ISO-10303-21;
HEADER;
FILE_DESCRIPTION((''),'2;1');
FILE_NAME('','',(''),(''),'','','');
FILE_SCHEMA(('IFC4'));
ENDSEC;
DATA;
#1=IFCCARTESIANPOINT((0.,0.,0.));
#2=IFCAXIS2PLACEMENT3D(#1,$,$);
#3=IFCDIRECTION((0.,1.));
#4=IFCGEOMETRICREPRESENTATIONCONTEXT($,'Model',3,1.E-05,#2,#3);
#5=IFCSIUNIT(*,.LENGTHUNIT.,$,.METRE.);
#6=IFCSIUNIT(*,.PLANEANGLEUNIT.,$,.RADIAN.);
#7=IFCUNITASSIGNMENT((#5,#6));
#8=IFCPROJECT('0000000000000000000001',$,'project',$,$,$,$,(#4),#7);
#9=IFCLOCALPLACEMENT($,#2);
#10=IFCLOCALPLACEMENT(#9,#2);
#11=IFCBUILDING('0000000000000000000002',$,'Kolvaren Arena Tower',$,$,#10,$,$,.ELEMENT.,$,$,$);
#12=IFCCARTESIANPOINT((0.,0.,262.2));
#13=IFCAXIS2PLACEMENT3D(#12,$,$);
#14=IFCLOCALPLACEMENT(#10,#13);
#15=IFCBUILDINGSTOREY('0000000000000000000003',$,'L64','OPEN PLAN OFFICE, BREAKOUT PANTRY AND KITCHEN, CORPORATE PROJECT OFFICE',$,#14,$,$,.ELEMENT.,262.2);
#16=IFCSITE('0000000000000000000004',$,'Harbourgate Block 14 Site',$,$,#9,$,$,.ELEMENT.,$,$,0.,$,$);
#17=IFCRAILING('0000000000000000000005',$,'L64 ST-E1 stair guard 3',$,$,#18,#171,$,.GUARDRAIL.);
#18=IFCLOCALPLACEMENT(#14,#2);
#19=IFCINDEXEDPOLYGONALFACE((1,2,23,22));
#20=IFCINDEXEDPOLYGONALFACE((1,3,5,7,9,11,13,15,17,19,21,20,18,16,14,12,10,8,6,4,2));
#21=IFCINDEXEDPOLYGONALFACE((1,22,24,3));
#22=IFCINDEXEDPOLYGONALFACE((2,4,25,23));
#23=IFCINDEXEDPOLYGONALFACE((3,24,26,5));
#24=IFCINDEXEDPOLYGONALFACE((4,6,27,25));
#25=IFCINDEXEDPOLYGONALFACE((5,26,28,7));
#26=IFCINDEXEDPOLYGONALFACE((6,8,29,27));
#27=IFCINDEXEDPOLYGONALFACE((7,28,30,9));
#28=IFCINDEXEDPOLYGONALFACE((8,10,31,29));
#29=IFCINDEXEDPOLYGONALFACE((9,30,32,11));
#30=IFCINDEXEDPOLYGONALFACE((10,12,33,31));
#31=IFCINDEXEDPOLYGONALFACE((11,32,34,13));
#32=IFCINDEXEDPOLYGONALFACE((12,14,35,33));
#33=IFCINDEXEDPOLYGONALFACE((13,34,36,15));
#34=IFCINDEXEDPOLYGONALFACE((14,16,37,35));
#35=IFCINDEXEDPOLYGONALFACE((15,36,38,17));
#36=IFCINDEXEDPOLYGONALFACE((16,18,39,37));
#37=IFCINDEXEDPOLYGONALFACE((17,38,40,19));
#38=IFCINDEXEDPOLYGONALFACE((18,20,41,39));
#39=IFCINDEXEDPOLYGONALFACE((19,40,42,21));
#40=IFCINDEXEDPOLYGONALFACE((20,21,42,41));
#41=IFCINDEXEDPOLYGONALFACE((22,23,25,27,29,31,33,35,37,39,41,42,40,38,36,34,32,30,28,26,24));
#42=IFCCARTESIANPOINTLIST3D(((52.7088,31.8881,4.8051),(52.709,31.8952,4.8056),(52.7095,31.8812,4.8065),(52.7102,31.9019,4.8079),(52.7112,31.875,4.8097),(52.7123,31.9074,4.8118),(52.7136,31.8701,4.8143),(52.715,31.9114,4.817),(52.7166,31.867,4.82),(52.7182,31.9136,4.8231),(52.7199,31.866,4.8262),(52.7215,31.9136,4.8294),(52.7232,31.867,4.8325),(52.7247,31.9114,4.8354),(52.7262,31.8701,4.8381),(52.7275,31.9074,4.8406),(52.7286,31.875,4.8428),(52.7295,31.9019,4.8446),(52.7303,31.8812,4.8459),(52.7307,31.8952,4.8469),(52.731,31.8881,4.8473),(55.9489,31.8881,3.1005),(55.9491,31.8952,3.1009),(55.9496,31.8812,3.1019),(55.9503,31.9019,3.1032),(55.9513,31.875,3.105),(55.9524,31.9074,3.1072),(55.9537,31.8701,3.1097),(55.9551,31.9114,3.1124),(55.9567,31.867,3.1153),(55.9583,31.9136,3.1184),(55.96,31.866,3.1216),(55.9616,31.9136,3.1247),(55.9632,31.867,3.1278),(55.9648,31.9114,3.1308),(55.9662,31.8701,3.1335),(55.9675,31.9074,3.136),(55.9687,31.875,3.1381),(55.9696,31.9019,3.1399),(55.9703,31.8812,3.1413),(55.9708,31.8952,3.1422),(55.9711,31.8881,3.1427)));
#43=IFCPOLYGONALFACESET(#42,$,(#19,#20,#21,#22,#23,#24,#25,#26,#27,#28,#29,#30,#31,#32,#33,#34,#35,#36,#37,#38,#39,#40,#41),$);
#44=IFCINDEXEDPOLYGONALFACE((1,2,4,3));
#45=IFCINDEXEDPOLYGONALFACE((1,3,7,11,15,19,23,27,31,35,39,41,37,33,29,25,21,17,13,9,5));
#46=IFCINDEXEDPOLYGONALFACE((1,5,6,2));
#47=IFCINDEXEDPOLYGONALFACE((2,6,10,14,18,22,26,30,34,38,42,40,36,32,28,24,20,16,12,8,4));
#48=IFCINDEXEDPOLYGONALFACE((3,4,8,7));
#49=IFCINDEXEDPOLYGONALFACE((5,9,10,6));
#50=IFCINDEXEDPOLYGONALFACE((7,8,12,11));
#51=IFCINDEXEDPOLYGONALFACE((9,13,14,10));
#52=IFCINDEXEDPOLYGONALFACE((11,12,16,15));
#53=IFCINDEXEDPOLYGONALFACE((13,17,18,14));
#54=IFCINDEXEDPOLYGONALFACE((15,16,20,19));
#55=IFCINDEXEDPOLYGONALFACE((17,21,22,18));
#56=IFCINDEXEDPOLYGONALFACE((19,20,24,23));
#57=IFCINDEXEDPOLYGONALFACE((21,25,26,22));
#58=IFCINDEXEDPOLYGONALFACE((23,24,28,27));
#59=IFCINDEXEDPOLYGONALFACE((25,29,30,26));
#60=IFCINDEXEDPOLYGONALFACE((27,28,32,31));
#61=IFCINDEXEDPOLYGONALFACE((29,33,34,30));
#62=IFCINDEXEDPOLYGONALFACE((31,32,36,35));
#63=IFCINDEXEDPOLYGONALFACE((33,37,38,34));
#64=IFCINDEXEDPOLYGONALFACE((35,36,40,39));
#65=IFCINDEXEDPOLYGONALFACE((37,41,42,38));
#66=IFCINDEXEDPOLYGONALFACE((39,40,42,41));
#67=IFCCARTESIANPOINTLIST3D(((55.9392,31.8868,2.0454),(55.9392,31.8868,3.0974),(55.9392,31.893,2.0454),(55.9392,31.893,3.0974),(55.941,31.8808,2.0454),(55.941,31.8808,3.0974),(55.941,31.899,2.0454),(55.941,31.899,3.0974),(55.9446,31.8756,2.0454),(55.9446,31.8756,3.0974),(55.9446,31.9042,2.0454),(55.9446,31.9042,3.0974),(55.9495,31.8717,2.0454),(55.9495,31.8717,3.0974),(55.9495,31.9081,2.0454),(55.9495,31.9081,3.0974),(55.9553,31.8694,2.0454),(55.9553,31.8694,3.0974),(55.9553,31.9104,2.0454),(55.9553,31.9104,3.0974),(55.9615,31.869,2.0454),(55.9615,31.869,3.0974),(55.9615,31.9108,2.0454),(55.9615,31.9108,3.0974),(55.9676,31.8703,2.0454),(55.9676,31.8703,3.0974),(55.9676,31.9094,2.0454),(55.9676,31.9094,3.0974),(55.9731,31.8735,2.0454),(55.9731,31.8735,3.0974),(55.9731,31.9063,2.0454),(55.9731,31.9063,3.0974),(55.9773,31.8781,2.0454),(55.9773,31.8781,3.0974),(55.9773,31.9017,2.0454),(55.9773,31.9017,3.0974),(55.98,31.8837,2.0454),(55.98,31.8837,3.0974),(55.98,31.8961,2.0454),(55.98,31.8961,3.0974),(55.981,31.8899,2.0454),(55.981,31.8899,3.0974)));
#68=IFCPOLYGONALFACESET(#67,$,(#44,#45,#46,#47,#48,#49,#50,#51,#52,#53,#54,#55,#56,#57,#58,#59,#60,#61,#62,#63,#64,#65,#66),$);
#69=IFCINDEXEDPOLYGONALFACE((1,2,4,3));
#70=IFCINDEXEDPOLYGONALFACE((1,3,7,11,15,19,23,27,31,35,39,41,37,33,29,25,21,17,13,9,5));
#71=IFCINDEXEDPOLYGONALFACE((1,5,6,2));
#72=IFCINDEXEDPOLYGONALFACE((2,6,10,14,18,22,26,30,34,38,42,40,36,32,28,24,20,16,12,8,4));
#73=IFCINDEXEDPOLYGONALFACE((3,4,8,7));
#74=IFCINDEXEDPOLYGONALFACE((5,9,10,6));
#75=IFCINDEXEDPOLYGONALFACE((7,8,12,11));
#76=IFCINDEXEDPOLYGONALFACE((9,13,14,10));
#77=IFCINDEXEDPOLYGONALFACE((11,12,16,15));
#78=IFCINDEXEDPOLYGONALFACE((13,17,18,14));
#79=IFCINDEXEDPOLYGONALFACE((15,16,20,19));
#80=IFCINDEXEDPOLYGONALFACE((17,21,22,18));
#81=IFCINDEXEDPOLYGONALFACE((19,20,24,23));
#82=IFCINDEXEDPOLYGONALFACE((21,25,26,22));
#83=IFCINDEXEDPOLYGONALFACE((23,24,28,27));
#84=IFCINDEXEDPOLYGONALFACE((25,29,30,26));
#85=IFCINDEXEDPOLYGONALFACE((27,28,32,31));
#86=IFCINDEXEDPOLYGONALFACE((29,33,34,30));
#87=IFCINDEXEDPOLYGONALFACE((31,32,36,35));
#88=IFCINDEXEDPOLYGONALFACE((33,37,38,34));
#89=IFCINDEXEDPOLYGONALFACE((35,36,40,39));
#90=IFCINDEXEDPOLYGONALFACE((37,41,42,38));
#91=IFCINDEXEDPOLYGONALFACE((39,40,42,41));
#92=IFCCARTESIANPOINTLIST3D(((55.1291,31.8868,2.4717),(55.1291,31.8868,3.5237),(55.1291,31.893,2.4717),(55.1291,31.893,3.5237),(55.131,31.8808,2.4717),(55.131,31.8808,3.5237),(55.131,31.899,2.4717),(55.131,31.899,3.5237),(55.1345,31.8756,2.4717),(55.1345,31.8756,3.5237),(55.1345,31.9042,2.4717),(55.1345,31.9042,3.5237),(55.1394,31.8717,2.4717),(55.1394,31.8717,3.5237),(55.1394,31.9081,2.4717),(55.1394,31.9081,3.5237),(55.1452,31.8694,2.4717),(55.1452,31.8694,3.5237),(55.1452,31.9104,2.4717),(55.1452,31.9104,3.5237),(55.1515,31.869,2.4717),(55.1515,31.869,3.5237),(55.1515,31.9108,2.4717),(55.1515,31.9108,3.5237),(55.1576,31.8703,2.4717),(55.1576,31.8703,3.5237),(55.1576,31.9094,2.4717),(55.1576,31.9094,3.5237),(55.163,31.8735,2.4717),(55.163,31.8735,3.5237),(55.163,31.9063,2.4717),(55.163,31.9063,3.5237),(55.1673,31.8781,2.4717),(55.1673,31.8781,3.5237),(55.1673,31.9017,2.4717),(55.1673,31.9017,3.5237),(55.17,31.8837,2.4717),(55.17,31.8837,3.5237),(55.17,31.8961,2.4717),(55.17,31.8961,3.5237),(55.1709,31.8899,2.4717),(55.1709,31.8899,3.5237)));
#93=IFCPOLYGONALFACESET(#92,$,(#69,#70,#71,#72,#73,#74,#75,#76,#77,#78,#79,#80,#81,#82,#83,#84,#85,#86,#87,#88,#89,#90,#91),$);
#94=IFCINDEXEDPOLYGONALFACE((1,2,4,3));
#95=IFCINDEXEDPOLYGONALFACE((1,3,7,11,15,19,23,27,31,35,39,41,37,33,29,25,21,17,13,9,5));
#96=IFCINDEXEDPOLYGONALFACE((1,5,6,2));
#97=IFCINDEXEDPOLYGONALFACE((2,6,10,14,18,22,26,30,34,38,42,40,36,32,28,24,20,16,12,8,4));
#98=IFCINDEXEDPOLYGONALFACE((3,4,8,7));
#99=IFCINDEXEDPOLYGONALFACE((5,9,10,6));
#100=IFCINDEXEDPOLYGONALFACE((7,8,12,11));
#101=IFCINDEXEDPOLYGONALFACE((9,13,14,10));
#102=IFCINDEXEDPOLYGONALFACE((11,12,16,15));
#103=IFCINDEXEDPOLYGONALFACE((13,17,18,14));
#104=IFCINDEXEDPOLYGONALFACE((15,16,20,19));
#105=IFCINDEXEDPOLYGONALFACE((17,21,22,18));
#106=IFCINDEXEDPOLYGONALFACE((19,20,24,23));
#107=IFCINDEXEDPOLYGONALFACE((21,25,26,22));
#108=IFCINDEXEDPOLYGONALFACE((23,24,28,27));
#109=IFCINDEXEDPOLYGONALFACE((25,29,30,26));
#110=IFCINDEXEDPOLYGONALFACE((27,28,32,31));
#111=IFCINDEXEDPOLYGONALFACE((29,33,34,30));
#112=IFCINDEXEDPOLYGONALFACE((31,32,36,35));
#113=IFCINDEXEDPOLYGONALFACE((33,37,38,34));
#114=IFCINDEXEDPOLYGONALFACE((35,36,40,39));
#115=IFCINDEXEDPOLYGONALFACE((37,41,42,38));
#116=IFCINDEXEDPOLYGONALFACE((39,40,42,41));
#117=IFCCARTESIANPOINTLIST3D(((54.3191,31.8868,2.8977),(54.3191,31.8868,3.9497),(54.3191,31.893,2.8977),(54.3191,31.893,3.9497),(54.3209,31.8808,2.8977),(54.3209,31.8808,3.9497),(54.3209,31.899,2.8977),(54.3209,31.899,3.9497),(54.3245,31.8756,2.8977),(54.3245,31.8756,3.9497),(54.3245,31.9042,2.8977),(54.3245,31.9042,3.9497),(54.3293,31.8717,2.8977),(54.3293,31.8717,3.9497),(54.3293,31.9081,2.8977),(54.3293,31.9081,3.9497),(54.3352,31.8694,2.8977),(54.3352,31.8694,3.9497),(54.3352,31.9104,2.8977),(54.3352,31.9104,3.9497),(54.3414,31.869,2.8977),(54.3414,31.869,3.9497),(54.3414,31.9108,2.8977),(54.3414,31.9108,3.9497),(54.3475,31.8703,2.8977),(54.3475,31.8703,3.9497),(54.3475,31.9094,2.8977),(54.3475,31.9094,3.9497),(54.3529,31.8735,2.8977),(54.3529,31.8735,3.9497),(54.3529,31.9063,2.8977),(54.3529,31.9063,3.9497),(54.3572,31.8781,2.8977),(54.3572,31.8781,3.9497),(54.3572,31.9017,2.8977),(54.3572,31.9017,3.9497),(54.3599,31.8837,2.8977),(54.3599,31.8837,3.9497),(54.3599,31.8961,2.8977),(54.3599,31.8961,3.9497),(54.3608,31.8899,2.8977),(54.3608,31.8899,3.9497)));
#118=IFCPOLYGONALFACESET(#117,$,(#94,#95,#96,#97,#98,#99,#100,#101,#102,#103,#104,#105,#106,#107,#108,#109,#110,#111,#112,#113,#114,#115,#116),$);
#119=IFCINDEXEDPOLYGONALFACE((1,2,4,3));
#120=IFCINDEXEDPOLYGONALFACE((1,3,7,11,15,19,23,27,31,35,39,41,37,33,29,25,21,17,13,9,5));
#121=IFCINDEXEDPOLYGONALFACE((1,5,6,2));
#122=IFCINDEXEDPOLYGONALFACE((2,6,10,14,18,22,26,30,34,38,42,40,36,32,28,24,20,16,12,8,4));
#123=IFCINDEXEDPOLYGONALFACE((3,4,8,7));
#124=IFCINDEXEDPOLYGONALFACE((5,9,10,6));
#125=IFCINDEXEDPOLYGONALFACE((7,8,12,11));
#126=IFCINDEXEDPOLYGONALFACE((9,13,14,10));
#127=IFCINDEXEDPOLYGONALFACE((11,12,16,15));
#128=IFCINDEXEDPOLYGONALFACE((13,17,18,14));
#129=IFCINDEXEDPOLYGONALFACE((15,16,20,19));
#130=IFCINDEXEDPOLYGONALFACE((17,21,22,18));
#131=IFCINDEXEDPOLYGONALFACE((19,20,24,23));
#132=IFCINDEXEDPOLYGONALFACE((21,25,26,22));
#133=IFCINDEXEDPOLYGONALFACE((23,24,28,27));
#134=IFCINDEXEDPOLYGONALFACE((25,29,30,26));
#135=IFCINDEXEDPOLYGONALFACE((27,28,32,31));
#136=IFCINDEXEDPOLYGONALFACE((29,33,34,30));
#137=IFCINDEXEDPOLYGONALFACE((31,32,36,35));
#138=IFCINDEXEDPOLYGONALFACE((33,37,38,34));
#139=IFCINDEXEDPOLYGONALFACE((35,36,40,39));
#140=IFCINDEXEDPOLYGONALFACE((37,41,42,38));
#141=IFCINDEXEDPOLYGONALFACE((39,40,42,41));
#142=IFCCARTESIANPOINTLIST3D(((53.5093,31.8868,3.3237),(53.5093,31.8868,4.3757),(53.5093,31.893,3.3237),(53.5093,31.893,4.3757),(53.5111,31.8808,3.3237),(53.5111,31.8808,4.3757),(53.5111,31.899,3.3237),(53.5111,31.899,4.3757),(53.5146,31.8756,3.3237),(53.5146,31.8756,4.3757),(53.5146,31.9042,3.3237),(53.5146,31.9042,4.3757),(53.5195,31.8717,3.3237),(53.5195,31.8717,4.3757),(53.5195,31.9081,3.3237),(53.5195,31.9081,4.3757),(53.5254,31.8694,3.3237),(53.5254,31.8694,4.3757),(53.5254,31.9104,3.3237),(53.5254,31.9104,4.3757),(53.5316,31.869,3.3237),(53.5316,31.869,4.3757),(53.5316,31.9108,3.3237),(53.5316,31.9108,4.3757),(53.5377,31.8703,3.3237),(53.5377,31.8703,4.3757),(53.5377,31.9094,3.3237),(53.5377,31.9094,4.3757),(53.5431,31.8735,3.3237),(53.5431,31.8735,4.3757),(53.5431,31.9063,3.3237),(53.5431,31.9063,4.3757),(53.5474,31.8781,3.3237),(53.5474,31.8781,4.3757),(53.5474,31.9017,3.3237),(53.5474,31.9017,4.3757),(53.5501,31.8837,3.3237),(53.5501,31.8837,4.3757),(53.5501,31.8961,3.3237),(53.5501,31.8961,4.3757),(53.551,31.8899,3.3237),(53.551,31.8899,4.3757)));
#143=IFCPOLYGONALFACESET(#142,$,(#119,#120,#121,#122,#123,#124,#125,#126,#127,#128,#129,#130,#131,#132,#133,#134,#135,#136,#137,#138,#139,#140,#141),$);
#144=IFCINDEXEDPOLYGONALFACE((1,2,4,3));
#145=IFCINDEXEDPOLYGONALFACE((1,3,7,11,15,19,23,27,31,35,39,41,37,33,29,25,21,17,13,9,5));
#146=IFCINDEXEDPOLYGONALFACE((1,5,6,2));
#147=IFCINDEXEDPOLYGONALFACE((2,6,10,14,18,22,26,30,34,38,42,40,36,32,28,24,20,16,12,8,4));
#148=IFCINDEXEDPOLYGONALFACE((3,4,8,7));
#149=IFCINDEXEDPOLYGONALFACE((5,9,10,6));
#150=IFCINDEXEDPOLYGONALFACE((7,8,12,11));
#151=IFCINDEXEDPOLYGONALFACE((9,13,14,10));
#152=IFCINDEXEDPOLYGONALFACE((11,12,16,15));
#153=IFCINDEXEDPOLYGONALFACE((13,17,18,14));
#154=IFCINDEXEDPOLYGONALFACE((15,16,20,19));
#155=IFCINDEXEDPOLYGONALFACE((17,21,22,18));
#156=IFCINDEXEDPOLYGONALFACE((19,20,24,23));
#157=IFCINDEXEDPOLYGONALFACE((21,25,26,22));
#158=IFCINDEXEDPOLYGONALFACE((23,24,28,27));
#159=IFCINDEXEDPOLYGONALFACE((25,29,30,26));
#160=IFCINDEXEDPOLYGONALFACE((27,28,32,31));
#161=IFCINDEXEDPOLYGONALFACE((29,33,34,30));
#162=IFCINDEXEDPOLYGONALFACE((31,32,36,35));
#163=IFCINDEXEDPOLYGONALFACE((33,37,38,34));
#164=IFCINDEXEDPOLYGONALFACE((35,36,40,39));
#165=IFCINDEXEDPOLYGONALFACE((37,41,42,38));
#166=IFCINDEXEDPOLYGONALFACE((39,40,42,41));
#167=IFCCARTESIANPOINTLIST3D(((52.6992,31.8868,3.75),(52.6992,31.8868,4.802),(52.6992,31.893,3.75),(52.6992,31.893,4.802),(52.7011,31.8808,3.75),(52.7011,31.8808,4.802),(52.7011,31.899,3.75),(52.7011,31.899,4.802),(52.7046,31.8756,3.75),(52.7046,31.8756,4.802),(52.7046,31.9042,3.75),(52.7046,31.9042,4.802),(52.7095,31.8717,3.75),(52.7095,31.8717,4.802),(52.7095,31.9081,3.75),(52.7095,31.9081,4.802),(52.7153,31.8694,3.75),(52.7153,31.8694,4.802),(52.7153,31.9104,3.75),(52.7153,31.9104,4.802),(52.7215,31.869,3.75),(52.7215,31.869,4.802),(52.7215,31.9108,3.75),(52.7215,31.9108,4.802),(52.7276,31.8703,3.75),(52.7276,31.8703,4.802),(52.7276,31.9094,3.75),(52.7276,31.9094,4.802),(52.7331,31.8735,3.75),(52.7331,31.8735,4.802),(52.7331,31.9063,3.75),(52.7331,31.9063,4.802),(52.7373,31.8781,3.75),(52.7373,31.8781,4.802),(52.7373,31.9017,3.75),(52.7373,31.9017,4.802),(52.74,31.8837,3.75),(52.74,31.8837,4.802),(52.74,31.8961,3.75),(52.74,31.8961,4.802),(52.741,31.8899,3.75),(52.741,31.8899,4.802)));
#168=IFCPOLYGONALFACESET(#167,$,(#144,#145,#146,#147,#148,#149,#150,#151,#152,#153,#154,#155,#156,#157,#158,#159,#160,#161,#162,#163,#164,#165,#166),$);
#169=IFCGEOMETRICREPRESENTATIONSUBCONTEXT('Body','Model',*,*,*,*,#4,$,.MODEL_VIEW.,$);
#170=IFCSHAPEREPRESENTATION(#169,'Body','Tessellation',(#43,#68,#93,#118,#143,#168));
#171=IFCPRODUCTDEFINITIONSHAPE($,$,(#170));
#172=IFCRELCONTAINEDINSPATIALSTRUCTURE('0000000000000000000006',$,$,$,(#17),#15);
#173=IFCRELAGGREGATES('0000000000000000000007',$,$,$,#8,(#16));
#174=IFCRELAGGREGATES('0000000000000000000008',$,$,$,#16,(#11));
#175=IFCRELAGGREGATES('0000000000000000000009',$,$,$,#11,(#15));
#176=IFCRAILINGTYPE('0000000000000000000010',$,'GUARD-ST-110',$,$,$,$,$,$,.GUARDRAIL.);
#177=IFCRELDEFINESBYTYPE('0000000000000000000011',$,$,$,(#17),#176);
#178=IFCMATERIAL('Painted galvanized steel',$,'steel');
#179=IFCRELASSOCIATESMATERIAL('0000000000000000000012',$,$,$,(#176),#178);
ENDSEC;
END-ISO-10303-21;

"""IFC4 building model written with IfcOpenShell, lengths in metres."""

from ifc_helpers import new_model, si_unit, direction, frame, origin, origin_2d, place, context, subcontext, project, spatial, circle, extrude, material, type_object, element, save


model = new_model("IFC4")

# Units and contexts
model_context = context("Model", 3, precision=1e-05, world=origin(), true_north=direction((0.0, 1.0)))
body_context = subcontext(model_context, "Body", "Model", "MODEL_VIEW")
ifc_project = project(units=[si_unit("LENGTHUNIT", "METRE"), si_unit("PLANEANGLEUNIT", "RADIAN")], contexts=[model_context])

# Site, building, storey
site_placement = place(None, origin())
site = spatial("IfcSite", under=ifc_project, at=site_placement, Name="Harbourgate Block 14 Site", CompositionType="ELEMENT", RefElevation=0.0)
building_placement = place(site_placement, origin())
building = spatial("IfcBuilding", under=site, at=building_placement, Name="Kolvaren Arena Tower", CompositionType="ELEMENT")
storey_placement = place(building_placement, frame((0.0, 0.0, 262.2)))
storey = spatial("IfcBuildingStorey", under=building, at=storey_placement, Name="L64", Description="OPEN PLAN OFFICE, BREAKOUT PANTRY AND KITCHEN, CORPORATE PROJECT OFFICE", CompositionType="ELEMENT", Elevation=262.2)

# Railing
ifc_material_1 = material(Name="Painted galvanized steel", Category="steel")
railing_type_1 = type_object("IfcRailingType", Name="GUARD-ST-110", PredefinedType="GUARDRAIL", material=ifc_material_1)
railing_1_placement = place(storey_placement, frame((55.96, 31.8899, 2.0454)))
element("IfcRailing", 1, at=railing_1_placement, inside=storey, type_object=railing_type_1, Name="L64 ST-E1 stair guard 3", PredefinedType="GUARDRAIL", context=body_context, shape_type="SweptSolid", body=[
    extrude(circle(Radius=0.0239, at=origin_2d()), frame((0.0, 0.0, 1.0762), z_axis=(-0.884993, 0.0, 0.465604), x_axis=(0.0, -1.0, 0.0)), (0.0, 0.0, 1.0), 3.6611),
    extrude(circle(Radius=0.021, at=origin_2d()), origin(), (0.0, 0.0, 1.0), 1.052),
    extrude(circle(Radius=0.021, at=origin_2d()), frame((-0.8101, 0.0, 0.4263)), (0.0, 0.0, 1.0), 1.052),
    extrude(circle(Radius=0.021, at=origin_2d()), frame((-1.6201, 0.0, 0.8523)), (0.0, 0.0, 1.0), 1.052),
    extrude(circle(Radius=0.021, at=origin_2d()), frame((-2.4299, 0.0, 1.2783)), (0.0, 0.0, 1.0), 1.052),
    extrude(circle(Radius=0.021, at=origin_2d()), frame((-3.24, 0.0, 1.7046)), (0.0, 0.0, 1.0), 1.052),
])

save(model, "model.ifc")
